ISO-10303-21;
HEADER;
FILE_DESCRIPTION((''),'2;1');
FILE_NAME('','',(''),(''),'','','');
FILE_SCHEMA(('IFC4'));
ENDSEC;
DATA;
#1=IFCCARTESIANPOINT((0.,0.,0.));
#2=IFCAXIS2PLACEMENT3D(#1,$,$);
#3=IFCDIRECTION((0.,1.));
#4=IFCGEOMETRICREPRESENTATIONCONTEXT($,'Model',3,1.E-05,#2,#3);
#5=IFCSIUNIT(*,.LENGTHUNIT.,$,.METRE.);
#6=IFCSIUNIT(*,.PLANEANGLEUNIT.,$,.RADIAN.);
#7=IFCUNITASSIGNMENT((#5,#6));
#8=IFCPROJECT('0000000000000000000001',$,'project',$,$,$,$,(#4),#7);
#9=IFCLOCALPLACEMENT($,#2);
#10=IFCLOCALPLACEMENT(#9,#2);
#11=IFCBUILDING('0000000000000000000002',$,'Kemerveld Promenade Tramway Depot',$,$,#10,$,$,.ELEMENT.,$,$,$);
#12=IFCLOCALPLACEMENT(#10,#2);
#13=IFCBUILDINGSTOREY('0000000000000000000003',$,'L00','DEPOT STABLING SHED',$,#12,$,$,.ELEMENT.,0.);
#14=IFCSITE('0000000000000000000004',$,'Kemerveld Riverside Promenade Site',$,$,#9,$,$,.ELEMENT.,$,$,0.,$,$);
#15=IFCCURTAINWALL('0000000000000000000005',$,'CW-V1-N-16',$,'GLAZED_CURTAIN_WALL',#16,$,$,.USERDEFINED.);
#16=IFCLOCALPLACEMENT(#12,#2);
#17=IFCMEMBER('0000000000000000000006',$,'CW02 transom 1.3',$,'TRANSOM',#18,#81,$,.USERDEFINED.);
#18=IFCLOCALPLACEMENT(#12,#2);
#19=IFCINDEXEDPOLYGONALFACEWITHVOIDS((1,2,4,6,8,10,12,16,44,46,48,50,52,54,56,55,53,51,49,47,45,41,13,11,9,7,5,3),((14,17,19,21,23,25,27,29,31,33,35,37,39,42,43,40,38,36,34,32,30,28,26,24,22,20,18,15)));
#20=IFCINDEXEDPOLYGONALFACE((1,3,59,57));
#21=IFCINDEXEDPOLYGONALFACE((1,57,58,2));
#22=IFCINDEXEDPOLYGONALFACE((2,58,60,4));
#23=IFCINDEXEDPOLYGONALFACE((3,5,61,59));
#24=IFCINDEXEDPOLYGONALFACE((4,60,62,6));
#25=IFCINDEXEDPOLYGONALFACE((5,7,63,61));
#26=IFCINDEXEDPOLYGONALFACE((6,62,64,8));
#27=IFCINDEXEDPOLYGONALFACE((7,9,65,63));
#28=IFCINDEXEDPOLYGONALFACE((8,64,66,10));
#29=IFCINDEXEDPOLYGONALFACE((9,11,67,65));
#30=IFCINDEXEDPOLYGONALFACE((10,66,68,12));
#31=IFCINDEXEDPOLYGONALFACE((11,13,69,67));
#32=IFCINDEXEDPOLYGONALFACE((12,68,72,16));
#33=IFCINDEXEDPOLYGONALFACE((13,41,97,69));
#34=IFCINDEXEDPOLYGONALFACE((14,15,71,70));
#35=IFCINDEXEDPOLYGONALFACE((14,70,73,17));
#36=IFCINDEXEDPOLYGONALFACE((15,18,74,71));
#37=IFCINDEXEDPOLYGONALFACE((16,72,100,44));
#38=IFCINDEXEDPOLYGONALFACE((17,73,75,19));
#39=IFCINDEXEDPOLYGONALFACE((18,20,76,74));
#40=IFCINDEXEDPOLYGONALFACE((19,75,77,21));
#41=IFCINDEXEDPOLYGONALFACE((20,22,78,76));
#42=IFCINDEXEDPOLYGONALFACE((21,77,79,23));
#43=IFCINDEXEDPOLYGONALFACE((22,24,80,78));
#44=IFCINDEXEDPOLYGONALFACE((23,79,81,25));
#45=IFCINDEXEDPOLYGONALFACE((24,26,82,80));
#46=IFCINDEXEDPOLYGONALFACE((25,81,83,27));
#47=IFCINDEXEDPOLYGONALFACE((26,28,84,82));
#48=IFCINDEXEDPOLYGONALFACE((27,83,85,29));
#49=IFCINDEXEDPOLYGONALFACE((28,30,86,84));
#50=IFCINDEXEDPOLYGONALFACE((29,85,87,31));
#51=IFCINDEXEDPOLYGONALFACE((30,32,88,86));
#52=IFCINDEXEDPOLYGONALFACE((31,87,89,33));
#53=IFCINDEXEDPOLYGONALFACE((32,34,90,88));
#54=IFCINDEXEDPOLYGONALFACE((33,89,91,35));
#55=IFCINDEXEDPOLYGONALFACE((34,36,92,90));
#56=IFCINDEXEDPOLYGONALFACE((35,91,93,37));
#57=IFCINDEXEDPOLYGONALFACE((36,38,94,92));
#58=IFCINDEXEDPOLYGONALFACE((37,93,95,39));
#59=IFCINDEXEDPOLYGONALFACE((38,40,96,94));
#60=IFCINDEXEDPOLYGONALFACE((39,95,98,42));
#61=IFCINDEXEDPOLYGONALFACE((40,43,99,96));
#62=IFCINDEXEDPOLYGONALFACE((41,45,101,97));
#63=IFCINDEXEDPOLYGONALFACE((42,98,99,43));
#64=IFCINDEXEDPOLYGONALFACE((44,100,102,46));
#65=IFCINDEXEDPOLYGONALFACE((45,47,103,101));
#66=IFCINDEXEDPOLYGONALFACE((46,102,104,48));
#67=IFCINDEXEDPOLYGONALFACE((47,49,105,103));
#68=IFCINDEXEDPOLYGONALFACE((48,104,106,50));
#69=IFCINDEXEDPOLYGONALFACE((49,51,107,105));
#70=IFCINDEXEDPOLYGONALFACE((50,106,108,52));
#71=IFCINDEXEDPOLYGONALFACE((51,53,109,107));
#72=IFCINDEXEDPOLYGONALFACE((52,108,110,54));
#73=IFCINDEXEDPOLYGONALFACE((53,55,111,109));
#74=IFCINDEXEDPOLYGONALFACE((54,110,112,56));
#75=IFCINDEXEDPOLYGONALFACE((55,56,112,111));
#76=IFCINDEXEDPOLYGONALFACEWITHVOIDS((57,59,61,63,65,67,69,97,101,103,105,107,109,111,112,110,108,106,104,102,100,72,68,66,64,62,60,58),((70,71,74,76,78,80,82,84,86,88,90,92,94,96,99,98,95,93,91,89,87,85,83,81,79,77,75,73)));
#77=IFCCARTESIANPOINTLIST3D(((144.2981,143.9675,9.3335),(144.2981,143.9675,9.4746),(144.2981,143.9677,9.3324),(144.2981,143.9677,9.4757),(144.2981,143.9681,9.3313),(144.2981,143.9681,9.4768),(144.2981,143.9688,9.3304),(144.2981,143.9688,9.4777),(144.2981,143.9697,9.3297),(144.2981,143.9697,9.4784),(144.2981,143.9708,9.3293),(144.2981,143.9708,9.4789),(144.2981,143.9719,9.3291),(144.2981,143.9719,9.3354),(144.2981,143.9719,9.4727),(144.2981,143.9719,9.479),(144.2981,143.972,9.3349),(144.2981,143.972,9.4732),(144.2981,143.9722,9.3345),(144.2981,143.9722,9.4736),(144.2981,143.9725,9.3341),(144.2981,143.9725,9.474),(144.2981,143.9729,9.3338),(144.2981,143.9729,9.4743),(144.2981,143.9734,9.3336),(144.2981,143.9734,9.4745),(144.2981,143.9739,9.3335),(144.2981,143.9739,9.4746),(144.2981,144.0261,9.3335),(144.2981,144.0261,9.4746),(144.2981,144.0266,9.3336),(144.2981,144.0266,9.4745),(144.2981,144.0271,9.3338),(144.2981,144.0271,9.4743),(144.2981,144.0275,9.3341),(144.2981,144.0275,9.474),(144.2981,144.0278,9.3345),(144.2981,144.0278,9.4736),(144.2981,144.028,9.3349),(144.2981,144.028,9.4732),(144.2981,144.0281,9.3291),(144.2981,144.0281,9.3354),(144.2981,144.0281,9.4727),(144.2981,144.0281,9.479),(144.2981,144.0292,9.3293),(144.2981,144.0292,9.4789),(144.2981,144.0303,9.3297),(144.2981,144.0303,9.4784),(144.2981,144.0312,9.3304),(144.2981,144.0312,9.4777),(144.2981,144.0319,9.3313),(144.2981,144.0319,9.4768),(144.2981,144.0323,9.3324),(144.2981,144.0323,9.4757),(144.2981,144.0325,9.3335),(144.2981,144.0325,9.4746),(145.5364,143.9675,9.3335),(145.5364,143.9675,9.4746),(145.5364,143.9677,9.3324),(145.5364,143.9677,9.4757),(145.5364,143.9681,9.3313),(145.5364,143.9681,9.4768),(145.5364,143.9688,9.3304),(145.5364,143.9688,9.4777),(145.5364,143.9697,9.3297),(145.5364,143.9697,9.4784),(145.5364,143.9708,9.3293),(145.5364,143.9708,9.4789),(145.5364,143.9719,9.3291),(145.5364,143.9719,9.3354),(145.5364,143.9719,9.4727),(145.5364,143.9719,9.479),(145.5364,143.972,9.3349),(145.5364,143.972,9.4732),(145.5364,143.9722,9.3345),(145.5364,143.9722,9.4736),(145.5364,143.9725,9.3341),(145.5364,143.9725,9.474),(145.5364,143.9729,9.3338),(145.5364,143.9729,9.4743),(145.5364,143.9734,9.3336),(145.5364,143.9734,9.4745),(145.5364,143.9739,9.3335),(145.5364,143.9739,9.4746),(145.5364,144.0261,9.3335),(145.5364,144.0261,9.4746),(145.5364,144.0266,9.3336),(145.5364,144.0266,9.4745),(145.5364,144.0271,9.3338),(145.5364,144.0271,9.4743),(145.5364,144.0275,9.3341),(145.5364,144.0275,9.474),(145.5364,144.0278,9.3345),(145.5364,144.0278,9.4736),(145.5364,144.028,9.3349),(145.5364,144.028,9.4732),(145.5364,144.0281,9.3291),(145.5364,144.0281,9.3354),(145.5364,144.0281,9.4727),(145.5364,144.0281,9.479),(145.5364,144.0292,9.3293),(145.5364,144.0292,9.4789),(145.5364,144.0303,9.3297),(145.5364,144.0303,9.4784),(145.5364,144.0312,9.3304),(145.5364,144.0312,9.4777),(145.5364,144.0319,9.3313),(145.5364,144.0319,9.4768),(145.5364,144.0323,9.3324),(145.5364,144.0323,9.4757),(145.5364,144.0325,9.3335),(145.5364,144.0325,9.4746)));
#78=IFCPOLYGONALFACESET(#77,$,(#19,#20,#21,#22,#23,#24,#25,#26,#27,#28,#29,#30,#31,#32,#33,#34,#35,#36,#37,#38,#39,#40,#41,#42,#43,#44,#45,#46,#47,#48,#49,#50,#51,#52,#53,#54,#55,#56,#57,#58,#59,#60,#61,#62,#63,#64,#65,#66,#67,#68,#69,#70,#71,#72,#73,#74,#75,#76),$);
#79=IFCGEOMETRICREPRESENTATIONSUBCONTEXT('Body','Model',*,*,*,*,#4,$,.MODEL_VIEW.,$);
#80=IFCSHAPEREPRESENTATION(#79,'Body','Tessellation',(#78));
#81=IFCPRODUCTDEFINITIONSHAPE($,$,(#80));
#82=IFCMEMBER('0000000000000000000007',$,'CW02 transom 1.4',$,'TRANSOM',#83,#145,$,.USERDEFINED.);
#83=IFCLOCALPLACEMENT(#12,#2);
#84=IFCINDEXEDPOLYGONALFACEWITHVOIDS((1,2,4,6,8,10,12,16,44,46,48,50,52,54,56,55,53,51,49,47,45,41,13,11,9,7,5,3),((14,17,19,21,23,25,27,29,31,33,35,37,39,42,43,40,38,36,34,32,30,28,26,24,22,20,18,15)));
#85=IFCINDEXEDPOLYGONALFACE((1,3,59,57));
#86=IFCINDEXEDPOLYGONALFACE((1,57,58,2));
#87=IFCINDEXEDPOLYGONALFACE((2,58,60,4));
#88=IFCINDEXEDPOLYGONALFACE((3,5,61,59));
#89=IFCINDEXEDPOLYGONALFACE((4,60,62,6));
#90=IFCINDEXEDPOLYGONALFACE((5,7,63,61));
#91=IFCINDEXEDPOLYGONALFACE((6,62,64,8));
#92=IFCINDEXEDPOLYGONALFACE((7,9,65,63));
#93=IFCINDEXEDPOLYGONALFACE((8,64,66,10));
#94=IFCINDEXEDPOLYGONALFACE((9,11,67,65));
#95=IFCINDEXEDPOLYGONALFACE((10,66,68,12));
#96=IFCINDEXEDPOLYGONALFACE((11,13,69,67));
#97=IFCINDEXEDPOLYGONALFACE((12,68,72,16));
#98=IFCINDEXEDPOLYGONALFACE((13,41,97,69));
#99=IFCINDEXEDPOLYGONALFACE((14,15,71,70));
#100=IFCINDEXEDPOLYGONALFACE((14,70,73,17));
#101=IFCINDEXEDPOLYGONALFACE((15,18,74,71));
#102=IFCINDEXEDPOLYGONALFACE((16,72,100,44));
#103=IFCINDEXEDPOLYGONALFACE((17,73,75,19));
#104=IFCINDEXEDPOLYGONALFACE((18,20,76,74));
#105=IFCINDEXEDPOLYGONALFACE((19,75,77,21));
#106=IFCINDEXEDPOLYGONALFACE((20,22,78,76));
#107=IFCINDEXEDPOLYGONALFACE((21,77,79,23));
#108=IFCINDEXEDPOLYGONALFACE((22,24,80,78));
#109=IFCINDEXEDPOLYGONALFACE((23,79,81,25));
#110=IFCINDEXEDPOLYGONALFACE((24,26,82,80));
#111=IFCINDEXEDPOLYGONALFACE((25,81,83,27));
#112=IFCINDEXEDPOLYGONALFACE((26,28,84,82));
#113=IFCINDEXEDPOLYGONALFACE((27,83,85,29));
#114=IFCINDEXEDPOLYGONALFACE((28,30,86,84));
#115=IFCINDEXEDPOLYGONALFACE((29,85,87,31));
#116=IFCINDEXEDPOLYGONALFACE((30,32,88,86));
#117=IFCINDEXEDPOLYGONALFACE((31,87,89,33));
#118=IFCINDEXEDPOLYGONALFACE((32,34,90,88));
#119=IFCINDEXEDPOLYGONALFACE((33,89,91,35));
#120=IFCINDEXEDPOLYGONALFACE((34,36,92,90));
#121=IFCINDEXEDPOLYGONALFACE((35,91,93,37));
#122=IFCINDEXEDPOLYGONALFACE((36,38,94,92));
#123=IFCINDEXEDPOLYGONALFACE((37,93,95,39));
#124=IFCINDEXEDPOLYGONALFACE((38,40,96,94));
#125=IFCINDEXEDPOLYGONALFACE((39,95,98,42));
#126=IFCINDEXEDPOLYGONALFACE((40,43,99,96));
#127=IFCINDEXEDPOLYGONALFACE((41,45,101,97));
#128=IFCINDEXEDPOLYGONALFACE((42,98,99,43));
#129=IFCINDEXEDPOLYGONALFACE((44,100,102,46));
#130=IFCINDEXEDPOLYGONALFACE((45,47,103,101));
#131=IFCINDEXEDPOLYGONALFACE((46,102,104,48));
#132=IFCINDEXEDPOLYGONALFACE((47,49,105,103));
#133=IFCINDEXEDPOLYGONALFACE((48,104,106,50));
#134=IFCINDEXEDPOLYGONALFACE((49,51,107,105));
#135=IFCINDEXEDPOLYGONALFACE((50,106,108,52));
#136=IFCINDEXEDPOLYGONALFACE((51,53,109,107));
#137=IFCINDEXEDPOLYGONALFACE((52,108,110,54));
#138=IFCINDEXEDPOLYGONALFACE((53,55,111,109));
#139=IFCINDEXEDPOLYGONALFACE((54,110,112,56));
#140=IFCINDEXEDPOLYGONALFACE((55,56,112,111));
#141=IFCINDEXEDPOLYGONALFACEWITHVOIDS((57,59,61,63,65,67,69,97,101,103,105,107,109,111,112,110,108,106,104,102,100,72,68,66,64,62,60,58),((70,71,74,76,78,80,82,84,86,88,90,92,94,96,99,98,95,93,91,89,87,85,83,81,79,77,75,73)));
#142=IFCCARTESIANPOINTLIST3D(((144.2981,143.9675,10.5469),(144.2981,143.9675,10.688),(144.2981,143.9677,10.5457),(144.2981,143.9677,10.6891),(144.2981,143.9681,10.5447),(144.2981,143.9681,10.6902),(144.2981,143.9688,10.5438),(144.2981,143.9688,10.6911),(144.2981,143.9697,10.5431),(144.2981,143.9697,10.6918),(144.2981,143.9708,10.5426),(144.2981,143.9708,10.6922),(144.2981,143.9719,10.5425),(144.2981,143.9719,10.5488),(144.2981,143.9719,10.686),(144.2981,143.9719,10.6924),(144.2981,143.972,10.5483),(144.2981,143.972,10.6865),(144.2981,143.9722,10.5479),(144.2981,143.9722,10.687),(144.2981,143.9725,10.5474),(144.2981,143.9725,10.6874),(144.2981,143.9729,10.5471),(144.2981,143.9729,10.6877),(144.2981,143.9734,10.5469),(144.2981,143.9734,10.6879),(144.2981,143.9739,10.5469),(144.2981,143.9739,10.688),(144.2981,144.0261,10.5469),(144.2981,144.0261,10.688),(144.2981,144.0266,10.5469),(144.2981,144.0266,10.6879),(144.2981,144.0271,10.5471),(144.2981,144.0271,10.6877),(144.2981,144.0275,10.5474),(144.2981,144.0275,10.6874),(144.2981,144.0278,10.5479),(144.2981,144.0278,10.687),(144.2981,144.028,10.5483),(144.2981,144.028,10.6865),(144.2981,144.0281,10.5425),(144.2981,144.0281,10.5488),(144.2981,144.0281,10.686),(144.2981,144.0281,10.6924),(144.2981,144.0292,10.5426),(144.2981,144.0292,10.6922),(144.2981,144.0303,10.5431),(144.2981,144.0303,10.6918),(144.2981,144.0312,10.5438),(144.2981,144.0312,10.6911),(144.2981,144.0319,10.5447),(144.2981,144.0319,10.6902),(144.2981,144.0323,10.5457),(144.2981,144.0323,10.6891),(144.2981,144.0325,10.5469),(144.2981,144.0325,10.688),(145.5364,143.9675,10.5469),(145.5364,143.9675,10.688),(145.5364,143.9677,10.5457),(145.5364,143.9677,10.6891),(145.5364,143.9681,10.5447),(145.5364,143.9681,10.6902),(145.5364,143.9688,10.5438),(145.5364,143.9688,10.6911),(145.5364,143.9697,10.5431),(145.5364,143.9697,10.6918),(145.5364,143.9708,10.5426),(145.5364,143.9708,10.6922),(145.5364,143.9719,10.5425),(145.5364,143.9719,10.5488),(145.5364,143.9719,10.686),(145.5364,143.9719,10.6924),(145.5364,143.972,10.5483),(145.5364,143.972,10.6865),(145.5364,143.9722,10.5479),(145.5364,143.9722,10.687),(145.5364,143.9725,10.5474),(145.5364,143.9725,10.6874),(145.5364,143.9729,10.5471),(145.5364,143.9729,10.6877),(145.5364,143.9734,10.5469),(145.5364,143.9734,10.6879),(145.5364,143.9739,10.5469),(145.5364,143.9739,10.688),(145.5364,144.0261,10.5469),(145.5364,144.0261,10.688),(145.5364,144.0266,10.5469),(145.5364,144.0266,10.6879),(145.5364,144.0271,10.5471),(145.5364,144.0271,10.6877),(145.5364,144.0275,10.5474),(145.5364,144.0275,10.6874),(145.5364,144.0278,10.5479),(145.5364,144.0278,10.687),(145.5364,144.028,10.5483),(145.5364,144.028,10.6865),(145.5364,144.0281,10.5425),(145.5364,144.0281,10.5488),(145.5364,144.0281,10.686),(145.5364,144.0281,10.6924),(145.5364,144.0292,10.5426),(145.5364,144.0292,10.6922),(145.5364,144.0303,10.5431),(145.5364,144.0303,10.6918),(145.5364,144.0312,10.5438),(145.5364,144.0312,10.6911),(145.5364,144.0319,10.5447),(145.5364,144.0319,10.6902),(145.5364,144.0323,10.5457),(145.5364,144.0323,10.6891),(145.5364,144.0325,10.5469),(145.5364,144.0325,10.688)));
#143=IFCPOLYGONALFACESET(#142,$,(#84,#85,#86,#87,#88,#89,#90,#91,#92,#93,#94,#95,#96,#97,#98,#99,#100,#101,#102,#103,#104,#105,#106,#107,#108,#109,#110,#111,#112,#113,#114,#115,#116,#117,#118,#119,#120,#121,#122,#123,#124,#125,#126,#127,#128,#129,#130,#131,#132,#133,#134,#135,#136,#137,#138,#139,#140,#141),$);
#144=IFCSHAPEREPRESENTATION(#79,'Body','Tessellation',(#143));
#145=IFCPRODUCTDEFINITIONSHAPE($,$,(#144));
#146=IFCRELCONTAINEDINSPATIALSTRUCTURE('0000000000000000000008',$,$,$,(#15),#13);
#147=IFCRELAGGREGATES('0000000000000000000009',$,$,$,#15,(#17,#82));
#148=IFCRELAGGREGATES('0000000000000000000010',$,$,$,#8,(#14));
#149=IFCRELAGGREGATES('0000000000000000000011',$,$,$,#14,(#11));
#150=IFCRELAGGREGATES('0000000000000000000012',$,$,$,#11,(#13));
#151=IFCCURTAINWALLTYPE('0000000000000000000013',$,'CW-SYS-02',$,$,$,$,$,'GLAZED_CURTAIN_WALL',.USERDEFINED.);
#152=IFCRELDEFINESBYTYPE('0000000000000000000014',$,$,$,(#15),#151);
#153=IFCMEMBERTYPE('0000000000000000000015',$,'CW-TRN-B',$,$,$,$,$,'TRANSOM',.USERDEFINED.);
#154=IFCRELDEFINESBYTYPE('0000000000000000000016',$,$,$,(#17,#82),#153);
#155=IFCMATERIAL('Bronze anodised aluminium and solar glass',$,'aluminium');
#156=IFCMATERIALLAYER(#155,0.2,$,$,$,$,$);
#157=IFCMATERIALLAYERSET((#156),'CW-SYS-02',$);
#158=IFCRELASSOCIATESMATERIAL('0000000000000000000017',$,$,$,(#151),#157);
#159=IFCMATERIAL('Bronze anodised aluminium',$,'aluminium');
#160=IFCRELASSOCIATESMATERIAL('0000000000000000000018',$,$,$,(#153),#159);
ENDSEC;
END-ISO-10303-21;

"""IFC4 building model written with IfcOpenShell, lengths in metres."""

from ifc_helpers import new_model, si_unit, direction, frame, origin, origin_2d, place, context, subcontext, project, spatial, hollow_rectangle, extrude, material, layer, layer_set, material_profile, profile_set, type_object, element, aggregate, save


model = new_model("IFC4")

# Units and contexts
model_context = context("Model", 3, precision=1e-05, world=origin(), true_north=direction((0.0, 1.0)))
body_context = subcontext(model_context, "Body", "Model", "MODEL_VIEW")
ifc_project = project(units=[si_unit("LENGTHUNIT", "METRE"), si_unit("PLANEANGLEUNIT", "RADIAN")], contexts=[model_context])

# Site, building, storey
site_placement = place(None, origin())
site = spatial("IfcSite", under=ifc_project, at=site_placement, Name="Kemerveld Riverside Promenade Site", CompositionType="ELEMENT", RefElevation=0.0)
building_placement = place(site_placement, origin())
building = spatial("IfcBuilding", under=site, at=building_placement, Name="Kemerveld Promenade Tramway Depot", CompositionType="ELEMENT")
storey_placement = place(building_placement, origin())
storey = spatial("IfcBuildingStorey", under=building, at=storey_placement, Name="L00", Description="DEPOT STABLING SHED", CompositionType="ELEMENT", Elevation=0.0)

# Curtain wall, members
ifc_material_1 = material(Name="Bronze anodised aluminium and solar glass", Category="aluminium")
ifc_layer_1 = layer(ifc_material_1, 0.2)
ifc_layer_set_1 = layer_set([ifc_layer_1], Name="CW-SYS-02")
curtain_wall_type = type_object("IfcCurtainWallType", Name="CW-SYS-02", ElementType="GLAZED_CURTAIN_WALL", PredefinedType="USERDEFINED", material=ifc_layer_set_1)
curtain_wall_placement = place(storey_placement, origin())
curtain_wall = element("IfcCurtainWall", 1, at=curtain_wall_placement, inside=storey, type_object=curtain_wall_type, Name="CW-V1-N-16", ObjectType="GLAZED_CURTAIN_WALL", PredefinedType="USERDEFINED")
ifc_material_2 = material(Name="Bronze anodised aluminium", Category="aluminium")
ifc_material_profile_1 = material_profile(ifc_material_2, hollow_rectangle(XDim=0.0649, YDim=0.1499, WallThickness=0.0044, InnerFilletRadius=0.002, OuterFilletRadius=0.0044, at=origin_2d()), Name="CW-TRN-150x65")
ifc_profile_set_1 = profile_set([ifc_material_profile_1], Name="Bronze anodised aluminium")
member_type_1 = type_object("IfcMemberType", Name="CW-TRN-B", ElementType="TRANSOM", PredefinedType="USERDEFINED", material=ifc_profile_set_1)
member_1_placement = place(storey_placement, frame((144.2981, 144.0, 9.4041), z_axis=(1.0, 0.0, 0.0), x_axis=(0.0, 1.0, 0.0)))
member_1 = element("IfcMember", 2, at=member_1_placement, type_object=member_type_1, Name="CW02 transom 1.3", ObjectType="TRANSOM", PredefinedType="USERDEFINED", context=body_context, shape_type="SweptSolid", body=[
    extrude(hollow_rectangle(XDim=0.0649, YDim=0.1499, WallThickness=0.0044, InnerFilletRadius=0.002, OuterFilletRadius=0.0044, at=origin_2d()), origin(), (0.0, 0.0, 1.0), 1.2383),
])
member_2_placement = place(storey_placement, frame((144.2981, 144.0, 10.6174), z_axis=(1.0, 0.0, 0.0), x_axis=(0.0, 1.0, 0.0)))
member_2 = element("IfcMember", 3, at=member_2_placement, type_object=member_type_1, Name="CW02 transom 1.4", ObjectType="TRANSOM", PredefinedType="USERDEFINED", context=body_context, shape_type="SweptSolid", body=[
    extrude(hollow_rectangle(XDim=0.0649, YDim=0.1499, WallThickness=0.0044, InnerFilletRadius=0.002, OuterFilletRadius=0.0044, at=origin_2d()), origin(), (0.0, 0.0, 1.0), 1.2383),
])

aggregate(curtain_wall, [member_1, member_2])

save(model, "model.ifc")
